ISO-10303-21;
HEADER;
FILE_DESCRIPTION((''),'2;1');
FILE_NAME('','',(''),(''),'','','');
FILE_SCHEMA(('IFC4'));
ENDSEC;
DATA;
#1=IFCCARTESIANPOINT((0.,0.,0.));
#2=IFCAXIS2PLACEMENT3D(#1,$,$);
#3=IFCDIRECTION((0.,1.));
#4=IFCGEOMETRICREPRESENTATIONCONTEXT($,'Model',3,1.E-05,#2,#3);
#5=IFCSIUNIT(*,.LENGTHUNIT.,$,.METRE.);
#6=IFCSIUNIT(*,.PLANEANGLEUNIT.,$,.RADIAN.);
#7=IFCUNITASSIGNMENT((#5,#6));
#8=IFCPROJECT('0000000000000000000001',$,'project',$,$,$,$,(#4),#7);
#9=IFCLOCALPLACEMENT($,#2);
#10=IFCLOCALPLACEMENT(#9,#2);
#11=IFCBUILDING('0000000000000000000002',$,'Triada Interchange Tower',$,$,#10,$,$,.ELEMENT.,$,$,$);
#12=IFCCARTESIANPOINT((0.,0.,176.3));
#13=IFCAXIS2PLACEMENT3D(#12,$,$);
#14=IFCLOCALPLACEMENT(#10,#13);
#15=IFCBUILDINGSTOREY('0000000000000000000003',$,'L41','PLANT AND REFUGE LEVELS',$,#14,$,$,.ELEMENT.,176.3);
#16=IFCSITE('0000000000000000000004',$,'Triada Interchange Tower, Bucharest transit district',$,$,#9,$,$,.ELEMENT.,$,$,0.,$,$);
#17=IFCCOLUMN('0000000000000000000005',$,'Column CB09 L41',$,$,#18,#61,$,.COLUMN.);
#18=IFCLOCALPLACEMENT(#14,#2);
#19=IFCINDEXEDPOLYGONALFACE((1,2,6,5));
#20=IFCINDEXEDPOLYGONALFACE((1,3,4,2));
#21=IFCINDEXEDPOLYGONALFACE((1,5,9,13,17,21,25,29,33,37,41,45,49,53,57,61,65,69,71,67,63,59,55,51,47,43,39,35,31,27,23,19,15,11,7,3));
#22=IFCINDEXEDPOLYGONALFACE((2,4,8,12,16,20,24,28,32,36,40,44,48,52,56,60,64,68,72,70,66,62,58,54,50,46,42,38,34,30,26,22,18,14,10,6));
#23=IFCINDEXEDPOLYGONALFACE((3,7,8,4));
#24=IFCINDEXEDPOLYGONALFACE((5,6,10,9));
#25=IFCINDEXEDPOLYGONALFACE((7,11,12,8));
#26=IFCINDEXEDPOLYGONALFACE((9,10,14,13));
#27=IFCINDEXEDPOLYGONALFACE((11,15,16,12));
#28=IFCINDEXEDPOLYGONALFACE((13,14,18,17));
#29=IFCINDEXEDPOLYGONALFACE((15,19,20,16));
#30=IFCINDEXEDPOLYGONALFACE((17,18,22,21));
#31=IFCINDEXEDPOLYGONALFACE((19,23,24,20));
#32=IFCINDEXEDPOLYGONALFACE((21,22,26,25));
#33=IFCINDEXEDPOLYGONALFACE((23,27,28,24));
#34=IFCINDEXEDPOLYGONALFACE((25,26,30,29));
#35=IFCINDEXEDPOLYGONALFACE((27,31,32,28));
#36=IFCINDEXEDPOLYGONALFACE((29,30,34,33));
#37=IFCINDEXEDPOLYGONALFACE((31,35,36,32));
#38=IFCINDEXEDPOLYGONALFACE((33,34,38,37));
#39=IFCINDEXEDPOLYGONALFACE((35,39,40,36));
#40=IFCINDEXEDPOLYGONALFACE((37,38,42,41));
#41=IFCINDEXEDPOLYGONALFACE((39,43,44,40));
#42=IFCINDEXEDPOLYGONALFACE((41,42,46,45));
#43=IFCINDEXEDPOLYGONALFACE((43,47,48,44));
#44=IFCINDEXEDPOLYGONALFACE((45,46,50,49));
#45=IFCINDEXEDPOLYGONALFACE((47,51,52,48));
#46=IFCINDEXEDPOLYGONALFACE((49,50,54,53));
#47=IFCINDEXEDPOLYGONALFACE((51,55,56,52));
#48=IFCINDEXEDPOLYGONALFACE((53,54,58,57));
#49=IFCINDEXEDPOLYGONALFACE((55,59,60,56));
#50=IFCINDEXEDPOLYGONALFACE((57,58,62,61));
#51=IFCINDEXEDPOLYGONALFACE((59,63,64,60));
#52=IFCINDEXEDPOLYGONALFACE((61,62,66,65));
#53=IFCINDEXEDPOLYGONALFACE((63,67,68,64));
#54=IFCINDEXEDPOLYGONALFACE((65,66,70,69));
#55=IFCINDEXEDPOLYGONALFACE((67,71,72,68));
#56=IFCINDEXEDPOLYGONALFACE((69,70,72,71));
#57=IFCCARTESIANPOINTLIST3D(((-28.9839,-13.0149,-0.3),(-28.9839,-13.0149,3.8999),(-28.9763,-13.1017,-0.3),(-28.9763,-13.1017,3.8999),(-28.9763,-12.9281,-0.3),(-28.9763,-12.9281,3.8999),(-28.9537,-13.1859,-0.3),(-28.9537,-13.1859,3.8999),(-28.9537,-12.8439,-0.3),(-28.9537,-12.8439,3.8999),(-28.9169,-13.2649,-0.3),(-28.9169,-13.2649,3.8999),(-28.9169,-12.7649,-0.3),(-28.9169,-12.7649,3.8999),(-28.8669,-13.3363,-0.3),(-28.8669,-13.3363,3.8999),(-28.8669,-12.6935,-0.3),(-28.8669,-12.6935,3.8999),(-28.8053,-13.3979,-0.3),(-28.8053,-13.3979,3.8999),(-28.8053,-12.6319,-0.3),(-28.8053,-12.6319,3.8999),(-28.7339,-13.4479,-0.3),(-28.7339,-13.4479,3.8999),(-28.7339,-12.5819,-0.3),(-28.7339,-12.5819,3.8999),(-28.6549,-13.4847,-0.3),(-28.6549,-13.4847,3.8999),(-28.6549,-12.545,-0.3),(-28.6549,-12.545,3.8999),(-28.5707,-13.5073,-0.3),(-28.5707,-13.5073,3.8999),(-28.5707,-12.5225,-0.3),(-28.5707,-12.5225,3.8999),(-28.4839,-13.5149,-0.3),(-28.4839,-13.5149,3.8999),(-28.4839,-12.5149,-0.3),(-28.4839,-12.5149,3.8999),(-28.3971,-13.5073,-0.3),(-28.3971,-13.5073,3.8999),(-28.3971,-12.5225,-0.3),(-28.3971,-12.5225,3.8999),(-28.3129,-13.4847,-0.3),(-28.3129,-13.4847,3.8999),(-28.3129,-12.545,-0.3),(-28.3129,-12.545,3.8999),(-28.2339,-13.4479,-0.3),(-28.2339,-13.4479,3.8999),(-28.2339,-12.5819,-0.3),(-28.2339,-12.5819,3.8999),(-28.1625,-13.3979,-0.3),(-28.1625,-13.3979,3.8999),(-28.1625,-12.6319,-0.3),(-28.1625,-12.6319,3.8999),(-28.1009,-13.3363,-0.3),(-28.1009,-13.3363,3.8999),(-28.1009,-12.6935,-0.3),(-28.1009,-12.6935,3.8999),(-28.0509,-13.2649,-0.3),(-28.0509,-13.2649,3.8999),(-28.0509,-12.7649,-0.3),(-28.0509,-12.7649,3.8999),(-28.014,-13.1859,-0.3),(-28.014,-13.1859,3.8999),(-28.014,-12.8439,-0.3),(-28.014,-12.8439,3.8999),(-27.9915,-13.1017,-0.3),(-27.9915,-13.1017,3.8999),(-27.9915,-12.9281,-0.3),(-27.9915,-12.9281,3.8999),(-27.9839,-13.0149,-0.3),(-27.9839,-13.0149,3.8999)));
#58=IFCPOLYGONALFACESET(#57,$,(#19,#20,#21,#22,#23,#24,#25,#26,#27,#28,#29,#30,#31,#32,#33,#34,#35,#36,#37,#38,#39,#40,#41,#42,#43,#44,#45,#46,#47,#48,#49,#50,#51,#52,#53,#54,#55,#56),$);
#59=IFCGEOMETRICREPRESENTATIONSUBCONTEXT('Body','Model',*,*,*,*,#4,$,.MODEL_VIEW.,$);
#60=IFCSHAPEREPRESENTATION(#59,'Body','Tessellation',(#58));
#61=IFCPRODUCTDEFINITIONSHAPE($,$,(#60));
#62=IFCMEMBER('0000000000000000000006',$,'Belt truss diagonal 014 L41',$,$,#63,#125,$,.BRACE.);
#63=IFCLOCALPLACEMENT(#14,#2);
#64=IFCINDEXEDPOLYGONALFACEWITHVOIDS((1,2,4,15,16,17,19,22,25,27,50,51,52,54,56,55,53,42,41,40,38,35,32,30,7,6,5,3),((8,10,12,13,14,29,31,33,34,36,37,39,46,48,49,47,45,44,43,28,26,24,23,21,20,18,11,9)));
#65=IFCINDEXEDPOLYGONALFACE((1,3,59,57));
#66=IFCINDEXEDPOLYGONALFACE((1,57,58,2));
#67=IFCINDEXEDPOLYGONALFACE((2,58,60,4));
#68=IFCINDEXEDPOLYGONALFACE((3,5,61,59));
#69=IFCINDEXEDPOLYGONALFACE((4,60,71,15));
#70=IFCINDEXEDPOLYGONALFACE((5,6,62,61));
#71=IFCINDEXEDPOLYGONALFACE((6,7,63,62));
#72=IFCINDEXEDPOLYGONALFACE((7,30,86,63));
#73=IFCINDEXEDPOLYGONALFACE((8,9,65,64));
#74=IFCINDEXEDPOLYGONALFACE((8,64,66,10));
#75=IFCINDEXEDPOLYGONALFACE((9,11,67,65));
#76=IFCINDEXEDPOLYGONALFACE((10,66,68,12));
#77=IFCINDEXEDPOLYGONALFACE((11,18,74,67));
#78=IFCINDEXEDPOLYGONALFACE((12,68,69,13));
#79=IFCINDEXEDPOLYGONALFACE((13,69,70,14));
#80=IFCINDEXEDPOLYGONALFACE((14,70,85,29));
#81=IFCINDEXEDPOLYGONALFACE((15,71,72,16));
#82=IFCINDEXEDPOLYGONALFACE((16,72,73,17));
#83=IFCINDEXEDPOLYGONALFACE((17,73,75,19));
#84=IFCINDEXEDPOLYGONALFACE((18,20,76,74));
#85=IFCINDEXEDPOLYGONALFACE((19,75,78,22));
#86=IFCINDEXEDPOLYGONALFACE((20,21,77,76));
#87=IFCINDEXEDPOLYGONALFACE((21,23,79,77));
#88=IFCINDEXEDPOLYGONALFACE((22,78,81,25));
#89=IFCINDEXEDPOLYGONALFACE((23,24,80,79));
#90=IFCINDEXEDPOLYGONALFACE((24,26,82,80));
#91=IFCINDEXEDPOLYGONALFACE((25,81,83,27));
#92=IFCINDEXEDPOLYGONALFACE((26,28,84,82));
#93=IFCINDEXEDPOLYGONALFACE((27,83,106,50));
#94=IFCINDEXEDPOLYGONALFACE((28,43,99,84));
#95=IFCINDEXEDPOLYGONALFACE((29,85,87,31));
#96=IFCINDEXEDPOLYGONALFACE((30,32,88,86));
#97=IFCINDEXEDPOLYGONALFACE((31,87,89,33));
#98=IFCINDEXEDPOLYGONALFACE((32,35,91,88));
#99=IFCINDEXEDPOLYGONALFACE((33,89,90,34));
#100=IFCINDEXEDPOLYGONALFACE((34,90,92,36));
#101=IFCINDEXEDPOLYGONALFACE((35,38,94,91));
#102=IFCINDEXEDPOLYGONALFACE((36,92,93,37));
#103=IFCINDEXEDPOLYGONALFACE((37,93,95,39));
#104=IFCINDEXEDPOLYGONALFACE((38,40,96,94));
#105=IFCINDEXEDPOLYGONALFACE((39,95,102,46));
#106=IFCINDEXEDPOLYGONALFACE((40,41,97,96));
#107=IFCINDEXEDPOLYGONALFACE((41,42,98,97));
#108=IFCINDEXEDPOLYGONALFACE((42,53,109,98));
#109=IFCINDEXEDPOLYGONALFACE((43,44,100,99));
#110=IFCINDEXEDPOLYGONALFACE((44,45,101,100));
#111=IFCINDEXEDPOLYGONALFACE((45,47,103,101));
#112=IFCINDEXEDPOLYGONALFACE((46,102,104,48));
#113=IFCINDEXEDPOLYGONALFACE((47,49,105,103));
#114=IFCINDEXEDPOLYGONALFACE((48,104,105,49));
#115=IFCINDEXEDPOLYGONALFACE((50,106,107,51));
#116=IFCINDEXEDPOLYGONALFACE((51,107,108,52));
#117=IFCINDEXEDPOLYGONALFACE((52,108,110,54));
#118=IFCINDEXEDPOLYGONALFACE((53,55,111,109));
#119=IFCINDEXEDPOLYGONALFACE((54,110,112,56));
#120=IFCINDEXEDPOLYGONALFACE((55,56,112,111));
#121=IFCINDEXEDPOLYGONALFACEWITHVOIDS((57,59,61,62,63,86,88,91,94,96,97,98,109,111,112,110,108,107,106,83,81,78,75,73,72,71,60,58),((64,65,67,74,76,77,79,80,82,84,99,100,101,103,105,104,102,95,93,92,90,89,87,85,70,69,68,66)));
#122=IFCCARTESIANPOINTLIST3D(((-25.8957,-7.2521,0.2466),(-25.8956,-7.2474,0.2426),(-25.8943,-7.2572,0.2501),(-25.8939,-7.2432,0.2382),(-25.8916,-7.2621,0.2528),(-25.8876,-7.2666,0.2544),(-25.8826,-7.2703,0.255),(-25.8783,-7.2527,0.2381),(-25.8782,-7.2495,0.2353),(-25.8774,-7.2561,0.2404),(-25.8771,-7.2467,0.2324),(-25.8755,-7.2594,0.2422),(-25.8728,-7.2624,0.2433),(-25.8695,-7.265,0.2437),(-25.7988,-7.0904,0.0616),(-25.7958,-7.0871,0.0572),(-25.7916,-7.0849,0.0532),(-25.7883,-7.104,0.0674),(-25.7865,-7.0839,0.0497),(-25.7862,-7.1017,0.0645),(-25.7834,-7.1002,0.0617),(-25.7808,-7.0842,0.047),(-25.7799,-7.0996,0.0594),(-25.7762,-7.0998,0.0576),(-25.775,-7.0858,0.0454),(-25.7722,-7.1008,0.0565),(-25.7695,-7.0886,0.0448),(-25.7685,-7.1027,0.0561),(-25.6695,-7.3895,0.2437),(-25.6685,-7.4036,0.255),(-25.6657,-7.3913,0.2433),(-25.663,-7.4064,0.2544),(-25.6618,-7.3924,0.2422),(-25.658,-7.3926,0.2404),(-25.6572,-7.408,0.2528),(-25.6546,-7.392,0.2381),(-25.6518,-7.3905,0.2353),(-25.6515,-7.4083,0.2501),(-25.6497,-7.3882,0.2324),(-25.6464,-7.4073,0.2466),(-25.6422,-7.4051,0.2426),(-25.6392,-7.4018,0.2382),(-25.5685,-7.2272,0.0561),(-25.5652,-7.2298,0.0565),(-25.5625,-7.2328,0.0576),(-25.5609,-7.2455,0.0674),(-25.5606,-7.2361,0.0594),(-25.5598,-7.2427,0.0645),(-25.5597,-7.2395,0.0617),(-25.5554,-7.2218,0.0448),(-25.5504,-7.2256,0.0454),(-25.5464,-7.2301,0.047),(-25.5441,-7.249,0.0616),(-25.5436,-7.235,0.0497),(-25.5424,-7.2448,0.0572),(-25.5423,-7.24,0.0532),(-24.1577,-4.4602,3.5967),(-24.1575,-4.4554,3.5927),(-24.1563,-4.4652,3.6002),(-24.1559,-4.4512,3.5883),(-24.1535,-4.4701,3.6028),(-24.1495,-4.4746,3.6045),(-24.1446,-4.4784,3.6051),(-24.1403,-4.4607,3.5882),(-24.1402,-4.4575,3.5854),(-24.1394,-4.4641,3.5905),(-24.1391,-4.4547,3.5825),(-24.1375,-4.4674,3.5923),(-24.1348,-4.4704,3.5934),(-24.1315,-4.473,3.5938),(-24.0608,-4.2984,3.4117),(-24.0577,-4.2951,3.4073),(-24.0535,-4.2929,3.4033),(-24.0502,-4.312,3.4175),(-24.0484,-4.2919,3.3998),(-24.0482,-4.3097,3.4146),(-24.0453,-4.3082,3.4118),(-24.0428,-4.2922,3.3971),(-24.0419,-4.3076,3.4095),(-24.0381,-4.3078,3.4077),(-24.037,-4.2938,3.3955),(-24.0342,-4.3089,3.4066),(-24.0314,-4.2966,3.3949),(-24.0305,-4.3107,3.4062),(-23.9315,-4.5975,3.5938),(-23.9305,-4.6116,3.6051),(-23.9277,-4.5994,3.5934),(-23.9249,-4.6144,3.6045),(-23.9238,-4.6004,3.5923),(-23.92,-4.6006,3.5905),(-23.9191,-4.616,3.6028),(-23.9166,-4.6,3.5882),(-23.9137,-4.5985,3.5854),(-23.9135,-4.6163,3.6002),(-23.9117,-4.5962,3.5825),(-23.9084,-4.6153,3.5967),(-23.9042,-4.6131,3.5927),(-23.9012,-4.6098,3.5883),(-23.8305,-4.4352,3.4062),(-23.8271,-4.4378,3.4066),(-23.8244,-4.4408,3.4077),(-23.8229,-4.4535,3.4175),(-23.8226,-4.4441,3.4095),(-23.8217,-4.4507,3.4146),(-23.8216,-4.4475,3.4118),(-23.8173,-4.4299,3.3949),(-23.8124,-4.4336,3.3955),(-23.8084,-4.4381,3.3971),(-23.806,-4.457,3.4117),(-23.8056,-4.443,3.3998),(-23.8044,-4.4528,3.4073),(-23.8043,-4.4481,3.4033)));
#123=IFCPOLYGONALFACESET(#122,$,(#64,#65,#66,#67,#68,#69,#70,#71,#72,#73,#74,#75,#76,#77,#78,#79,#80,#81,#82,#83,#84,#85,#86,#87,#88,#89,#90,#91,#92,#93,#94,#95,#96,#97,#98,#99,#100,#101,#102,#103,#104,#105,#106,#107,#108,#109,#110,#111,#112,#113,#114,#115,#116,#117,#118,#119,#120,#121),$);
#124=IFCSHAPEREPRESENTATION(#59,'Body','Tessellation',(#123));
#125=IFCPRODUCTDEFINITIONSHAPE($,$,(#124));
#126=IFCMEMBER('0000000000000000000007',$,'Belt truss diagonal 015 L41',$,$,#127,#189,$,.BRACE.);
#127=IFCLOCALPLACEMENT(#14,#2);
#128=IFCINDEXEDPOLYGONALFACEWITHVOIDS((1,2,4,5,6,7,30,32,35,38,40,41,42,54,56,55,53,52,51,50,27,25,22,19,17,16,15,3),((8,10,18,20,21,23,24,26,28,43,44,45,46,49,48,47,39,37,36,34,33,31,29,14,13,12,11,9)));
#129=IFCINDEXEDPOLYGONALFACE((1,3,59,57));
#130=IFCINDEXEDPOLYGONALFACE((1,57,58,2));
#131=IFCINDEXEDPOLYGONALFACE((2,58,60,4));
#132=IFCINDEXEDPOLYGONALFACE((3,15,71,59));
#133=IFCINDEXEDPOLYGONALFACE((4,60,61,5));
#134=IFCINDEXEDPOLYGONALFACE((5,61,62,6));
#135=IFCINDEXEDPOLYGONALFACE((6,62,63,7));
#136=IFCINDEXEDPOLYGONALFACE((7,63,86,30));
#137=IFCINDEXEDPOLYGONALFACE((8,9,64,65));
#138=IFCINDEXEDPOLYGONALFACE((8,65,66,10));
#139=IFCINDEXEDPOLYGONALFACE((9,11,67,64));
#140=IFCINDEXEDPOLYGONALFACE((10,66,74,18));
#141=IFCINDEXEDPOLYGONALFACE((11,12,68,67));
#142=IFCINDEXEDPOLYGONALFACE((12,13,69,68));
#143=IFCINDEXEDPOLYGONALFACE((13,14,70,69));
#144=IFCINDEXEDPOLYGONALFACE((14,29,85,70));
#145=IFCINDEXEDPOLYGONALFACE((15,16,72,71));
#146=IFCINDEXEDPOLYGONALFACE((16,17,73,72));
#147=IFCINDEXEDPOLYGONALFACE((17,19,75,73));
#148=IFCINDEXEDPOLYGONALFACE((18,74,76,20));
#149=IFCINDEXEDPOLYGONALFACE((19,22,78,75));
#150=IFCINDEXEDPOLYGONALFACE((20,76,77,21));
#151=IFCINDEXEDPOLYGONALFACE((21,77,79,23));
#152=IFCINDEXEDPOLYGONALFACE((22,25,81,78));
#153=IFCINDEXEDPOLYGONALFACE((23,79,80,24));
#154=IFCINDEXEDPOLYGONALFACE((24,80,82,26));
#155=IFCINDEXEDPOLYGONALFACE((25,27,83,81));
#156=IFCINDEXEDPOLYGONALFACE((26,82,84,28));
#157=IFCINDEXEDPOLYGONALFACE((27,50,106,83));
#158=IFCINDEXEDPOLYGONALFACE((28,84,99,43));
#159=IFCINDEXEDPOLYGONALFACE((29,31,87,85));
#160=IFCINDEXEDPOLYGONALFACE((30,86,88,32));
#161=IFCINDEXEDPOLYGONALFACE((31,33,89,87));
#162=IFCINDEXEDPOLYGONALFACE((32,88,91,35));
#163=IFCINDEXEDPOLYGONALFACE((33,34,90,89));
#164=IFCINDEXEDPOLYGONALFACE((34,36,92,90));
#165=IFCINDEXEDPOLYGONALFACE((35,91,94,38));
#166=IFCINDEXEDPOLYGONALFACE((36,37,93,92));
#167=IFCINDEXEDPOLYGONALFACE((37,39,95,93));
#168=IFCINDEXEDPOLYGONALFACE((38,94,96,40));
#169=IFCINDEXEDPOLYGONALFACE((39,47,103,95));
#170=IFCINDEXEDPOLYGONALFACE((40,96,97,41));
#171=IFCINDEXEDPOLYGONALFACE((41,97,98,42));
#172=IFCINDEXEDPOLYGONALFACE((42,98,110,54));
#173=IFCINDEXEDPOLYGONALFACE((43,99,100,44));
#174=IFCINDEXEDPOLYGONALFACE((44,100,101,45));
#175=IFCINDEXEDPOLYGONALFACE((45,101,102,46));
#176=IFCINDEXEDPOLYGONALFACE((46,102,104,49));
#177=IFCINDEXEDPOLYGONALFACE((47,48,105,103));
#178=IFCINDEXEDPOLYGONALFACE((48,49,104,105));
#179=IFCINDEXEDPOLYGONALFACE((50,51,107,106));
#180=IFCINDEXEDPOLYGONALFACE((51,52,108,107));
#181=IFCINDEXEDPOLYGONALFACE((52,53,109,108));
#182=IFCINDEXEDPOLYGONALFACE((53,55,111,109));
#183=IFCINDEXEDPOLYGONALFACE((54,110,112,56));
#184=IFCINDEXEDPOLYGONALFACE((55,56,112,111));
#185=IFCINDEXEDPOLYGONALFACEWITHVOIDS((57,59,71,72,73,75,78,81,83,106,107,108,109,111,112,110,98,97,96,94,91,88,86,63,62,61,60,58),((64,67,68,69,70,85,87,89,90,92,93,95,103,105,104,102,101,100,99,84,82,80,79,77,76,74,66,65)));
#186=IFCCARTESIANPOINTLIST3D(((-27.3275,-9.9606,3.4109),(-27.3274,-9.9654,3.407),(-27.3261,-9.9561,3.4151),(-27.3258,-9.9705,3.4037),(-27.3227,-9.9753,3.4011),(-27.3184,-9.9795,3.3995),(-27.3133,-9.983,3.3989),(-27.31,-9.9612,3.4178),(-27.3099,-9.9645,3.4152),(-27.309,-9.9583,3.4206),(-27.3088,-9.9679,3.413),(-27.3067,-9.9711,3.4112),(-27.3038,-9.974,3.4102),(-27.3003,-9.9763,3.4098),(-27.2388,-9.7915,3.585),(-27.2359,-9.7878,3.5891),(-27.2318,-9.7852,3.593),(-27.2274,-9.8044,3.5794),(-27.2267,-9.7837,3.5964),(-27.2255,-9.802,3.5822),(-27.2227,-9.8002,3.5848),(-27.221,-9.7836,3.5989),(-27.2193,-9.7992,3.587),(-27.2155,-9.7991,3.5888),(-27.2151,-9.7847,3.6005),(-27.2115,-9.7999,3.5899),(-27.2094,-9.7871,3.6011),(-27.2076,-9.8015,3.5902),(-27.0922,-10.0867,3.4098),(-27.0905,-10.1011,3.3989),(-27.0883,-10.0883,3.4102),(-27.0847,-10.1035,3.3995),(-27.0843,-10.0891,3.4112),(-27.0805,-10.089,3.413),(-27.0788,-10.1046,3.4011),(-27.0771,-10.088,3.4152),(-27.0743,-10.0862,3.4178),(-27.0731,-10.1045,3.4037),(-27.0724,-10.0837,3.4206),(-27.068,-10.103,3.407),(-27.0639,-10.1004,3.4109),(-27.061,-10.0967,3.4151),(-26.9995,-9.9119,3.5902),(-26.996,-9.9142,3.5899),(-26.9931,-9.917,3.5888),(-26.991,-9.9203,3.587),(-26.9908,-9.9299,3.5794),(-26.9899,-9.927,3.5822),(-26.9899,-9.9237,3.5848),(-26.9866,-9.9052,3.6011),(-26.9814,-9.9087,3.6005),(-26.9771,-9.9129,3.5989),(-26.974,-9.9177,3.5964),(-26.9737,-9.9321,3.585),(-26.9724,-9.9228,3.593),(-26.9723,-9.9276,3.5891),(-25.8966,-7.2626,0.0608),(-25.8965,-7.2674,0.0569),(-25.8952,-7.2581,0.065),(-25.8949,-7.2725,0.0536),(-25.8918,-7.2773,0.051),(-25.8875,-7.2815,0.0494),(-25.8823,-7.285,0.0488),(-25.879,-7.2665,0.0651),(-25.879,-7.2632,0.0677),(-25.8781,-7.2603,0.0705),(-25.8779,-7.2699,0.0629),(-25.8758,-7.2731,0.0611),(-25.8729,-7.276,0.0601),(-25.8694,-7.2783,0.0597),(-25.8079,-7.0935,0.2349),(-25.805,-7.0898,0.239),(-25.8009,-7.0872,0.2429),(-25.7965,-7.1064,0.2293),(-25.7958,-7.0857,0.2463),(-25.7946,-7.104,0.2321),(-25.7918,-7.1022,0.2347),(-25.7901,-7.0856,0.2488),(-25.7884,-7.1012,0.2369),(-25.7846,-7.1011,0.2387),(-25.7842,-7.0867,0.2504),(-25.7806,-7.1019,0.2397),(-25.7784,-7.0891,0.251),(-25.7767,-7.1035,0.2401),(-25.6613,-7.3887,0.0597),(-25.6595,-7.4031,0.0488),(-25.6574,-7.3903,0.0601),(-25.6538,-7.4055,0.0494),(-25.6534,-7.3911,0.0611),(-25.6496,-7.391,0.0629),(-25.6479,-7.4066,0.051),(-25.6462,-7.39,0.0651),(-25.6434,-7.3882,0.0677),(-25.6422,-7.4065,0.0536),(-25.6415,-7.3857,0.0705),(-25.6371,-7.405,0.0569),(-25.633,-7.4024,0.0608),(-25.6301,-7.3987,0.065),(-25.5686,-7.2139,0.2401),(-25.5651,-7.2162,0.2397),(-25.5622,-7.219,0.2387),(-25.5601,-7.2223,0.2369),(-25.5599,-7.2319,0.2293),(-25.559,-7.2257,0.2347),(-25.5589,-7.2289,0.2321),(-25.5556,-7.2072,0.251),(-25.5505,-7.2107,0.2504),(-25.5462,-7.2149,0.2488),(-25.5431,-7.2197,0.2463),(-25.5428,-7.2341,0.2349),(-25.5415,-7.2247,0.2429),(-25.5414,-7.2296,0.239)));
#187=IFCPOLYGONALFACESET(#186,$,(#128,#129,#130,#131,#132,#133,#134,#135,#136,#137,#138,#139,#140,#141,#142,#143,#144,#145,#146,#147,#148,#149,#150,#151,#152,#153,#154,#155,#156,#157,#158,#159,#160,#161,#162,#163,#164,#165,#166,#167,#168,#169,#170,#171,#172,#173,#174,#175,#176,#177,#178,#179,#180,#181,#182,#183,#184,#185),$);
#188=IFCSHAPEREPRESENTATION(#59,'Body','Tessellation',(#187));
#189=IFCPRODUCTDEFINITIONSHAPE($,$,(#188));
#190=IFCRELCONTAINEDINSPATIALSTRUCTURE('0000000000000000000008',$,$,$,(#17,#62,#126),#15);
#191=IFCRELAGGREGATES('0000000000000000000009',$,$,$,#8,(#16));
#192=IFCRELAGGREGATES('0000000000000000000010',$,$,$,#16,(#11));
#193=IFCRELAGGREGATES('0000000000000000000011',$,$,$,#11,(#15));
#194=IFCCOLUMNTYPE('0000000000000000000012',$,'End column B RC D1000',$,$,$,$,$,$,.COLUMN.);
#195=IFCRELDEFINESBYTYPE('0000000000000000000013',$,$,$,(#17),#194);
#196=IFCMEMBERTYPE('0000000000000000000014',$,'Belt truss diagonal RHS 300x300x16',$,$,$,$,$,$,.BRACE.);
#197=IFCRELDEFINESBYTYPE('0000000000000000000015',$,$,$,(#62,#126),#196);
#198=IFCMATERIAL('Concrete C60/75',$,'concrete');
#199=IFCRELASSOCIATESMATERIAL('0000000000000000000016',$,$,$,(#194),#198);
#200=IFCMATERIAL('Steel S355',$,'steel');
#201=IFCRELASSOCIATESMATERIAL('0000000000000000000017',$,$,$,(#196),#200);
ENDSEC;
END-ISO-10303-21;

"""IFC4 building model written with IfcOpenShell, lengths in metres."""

from ifc_helpers import new_model, si_unit, direction, frame, origin, origin_2d, place, context, subcontext, project, spatial, hollow_rectangle, circle, extrude, material, material_profile, profile_set, type_object, element, save


model = new_model("IFC4")

# Units and contexts
model_context = context("Model", 3, precision=1e-05, world=origin(), true_north=direction((0.0, 1.0)))
body_context = subcontext(model_context, "Body", "Model", "MODEL_VIEW")
ifc_project = project(units=[si_unit("LENGTHUNIT", "METRE"), si_unit("PLANEANGLEUNIT", "RADIAN")], contexts=[model_context])

# Site, building, storey
site_placement = place(None, origin())
site = spatial("IfcSite", under=ifc_project, at=site_placement, Name="Triada Interchange Tower, Bucharest transit district", CompositionType="ELEMENT", RefElevation=0.0)
building_placement = place(site_placement, origin())
building = spatial("IfcBuilding", under=site, at=building_placement, Name="Triada Interchange Tower", CompositionType="ELEMENT")
storey_placement = place(building_placement, frame((0.0, 0.0, 176.3)))
storey = spatial("IfcBuildingStorey", under=building, at=storey_placement, Name="L41", Description="PLANT AND REFUGE LEVELS", CompositionType="ELEMENT", Elevation=176.3)

# Column
ifc_material_1 = material(Name="Concrete C60/75", Category="concrete")
ifc_material_profile_1 = material_profile(ifc_material_1, circle(Radius=0.5, at=origin_2d()), Name="RC D1000")
ifc_profile_set_1 = profile_set([ifc_material_profile_1], Name="Concrete C60/75")
column_type = type_object("IfcColumnType", Name="End column B RC D1000", PredefinedType="COLUMN", material=ifc_profile_set_1)
column_placement = place(storey_placement, frame((-28.4839, -13.0149, -0.3), z_axis=(0.0, 0.0, 1.0), x_axis=(0.5, 0.866025, 0.0)))
element("IfcColumn", 1, at=column_placement, inside=storey, type_object=column_type, Name="Column CB09 L41", PredefinedType="COLUMN", context=body_context, shape_type="SweptSolid", body=[
    extrude(circle(Radius=0.5, at=origin_2d()), origin(), (0.0, 0.0, 1.0), 4.2),
])

# Members
ifc_material_2 = material(Name="Steel S355", Category="steel")
ifc_material_profile_2 = material_profile(ifc_material_2, hollow_rectangle(XDim=0.3, YDim=0.3, WallThickness=0.0161, InnerFilletRadius=0.0161, OuterFilletRadius=0.0239, at=origin_2d()), Name="RHS 300x300x16")
ifc_profile_set_2 = profile_set([ifc_material_profile_2], Name="Steel S355")
member_type = type_object("IfcMemberType", Name="Belt truss diagonal RHS 300x300x16", PredefinedType="BRACE", material=ifc_profile_set_2)
member_1_placement = place(storey_placement, frame((-25.719, -7.2461, 0.1499), z_axis=(0.370222, 0.594726, 0.713609), x_axis=(-0.848948, 0.528477, 0.0)))
element("IfcMember", 2, at=member_1_placement, inside=storey, type_object=member_type, Name="Belt truss diagonal 014 L41", PredefinedType="BRACE", context=body_context, shape_type="SweptSolid", body=[
    extrude(hollow_rectangle(XDim=0.3, YDim=0.3, WallThickness=0.0161, InnerFilletRadius=0.0161, OuterFilletRadius=0.0239, at=origin_2d()), origin(), (0.0, 0.0, 1.0), 4.6946),
])
member_2_placement = place(storey_placement, frame((-25.719, -7.2461, 0.1499), z_axis=(-0.315651, -0.595165, 0.739015), x_axis=(0.883442, -0.468541, 0.0)))
element("IfcMember", 3, at=member_2_placement, inside=storey, type_object=member_type, Name="Belt truss diagonal 015 L41", PredefinedType="BRACE", context=body_context, shape_type="SweptSolid", body=[
    extrude(hollow_rectangle(XDim=0.3, YDim=0.3, WallThickness=0.0161, InnerFilletRadius=0.0161, OuterFilletRadius=0.0239, at=origin_2d()), origin(), (0.0, 0.0, 1.0), 4.5332),
])

save(model, "model.ifc")
